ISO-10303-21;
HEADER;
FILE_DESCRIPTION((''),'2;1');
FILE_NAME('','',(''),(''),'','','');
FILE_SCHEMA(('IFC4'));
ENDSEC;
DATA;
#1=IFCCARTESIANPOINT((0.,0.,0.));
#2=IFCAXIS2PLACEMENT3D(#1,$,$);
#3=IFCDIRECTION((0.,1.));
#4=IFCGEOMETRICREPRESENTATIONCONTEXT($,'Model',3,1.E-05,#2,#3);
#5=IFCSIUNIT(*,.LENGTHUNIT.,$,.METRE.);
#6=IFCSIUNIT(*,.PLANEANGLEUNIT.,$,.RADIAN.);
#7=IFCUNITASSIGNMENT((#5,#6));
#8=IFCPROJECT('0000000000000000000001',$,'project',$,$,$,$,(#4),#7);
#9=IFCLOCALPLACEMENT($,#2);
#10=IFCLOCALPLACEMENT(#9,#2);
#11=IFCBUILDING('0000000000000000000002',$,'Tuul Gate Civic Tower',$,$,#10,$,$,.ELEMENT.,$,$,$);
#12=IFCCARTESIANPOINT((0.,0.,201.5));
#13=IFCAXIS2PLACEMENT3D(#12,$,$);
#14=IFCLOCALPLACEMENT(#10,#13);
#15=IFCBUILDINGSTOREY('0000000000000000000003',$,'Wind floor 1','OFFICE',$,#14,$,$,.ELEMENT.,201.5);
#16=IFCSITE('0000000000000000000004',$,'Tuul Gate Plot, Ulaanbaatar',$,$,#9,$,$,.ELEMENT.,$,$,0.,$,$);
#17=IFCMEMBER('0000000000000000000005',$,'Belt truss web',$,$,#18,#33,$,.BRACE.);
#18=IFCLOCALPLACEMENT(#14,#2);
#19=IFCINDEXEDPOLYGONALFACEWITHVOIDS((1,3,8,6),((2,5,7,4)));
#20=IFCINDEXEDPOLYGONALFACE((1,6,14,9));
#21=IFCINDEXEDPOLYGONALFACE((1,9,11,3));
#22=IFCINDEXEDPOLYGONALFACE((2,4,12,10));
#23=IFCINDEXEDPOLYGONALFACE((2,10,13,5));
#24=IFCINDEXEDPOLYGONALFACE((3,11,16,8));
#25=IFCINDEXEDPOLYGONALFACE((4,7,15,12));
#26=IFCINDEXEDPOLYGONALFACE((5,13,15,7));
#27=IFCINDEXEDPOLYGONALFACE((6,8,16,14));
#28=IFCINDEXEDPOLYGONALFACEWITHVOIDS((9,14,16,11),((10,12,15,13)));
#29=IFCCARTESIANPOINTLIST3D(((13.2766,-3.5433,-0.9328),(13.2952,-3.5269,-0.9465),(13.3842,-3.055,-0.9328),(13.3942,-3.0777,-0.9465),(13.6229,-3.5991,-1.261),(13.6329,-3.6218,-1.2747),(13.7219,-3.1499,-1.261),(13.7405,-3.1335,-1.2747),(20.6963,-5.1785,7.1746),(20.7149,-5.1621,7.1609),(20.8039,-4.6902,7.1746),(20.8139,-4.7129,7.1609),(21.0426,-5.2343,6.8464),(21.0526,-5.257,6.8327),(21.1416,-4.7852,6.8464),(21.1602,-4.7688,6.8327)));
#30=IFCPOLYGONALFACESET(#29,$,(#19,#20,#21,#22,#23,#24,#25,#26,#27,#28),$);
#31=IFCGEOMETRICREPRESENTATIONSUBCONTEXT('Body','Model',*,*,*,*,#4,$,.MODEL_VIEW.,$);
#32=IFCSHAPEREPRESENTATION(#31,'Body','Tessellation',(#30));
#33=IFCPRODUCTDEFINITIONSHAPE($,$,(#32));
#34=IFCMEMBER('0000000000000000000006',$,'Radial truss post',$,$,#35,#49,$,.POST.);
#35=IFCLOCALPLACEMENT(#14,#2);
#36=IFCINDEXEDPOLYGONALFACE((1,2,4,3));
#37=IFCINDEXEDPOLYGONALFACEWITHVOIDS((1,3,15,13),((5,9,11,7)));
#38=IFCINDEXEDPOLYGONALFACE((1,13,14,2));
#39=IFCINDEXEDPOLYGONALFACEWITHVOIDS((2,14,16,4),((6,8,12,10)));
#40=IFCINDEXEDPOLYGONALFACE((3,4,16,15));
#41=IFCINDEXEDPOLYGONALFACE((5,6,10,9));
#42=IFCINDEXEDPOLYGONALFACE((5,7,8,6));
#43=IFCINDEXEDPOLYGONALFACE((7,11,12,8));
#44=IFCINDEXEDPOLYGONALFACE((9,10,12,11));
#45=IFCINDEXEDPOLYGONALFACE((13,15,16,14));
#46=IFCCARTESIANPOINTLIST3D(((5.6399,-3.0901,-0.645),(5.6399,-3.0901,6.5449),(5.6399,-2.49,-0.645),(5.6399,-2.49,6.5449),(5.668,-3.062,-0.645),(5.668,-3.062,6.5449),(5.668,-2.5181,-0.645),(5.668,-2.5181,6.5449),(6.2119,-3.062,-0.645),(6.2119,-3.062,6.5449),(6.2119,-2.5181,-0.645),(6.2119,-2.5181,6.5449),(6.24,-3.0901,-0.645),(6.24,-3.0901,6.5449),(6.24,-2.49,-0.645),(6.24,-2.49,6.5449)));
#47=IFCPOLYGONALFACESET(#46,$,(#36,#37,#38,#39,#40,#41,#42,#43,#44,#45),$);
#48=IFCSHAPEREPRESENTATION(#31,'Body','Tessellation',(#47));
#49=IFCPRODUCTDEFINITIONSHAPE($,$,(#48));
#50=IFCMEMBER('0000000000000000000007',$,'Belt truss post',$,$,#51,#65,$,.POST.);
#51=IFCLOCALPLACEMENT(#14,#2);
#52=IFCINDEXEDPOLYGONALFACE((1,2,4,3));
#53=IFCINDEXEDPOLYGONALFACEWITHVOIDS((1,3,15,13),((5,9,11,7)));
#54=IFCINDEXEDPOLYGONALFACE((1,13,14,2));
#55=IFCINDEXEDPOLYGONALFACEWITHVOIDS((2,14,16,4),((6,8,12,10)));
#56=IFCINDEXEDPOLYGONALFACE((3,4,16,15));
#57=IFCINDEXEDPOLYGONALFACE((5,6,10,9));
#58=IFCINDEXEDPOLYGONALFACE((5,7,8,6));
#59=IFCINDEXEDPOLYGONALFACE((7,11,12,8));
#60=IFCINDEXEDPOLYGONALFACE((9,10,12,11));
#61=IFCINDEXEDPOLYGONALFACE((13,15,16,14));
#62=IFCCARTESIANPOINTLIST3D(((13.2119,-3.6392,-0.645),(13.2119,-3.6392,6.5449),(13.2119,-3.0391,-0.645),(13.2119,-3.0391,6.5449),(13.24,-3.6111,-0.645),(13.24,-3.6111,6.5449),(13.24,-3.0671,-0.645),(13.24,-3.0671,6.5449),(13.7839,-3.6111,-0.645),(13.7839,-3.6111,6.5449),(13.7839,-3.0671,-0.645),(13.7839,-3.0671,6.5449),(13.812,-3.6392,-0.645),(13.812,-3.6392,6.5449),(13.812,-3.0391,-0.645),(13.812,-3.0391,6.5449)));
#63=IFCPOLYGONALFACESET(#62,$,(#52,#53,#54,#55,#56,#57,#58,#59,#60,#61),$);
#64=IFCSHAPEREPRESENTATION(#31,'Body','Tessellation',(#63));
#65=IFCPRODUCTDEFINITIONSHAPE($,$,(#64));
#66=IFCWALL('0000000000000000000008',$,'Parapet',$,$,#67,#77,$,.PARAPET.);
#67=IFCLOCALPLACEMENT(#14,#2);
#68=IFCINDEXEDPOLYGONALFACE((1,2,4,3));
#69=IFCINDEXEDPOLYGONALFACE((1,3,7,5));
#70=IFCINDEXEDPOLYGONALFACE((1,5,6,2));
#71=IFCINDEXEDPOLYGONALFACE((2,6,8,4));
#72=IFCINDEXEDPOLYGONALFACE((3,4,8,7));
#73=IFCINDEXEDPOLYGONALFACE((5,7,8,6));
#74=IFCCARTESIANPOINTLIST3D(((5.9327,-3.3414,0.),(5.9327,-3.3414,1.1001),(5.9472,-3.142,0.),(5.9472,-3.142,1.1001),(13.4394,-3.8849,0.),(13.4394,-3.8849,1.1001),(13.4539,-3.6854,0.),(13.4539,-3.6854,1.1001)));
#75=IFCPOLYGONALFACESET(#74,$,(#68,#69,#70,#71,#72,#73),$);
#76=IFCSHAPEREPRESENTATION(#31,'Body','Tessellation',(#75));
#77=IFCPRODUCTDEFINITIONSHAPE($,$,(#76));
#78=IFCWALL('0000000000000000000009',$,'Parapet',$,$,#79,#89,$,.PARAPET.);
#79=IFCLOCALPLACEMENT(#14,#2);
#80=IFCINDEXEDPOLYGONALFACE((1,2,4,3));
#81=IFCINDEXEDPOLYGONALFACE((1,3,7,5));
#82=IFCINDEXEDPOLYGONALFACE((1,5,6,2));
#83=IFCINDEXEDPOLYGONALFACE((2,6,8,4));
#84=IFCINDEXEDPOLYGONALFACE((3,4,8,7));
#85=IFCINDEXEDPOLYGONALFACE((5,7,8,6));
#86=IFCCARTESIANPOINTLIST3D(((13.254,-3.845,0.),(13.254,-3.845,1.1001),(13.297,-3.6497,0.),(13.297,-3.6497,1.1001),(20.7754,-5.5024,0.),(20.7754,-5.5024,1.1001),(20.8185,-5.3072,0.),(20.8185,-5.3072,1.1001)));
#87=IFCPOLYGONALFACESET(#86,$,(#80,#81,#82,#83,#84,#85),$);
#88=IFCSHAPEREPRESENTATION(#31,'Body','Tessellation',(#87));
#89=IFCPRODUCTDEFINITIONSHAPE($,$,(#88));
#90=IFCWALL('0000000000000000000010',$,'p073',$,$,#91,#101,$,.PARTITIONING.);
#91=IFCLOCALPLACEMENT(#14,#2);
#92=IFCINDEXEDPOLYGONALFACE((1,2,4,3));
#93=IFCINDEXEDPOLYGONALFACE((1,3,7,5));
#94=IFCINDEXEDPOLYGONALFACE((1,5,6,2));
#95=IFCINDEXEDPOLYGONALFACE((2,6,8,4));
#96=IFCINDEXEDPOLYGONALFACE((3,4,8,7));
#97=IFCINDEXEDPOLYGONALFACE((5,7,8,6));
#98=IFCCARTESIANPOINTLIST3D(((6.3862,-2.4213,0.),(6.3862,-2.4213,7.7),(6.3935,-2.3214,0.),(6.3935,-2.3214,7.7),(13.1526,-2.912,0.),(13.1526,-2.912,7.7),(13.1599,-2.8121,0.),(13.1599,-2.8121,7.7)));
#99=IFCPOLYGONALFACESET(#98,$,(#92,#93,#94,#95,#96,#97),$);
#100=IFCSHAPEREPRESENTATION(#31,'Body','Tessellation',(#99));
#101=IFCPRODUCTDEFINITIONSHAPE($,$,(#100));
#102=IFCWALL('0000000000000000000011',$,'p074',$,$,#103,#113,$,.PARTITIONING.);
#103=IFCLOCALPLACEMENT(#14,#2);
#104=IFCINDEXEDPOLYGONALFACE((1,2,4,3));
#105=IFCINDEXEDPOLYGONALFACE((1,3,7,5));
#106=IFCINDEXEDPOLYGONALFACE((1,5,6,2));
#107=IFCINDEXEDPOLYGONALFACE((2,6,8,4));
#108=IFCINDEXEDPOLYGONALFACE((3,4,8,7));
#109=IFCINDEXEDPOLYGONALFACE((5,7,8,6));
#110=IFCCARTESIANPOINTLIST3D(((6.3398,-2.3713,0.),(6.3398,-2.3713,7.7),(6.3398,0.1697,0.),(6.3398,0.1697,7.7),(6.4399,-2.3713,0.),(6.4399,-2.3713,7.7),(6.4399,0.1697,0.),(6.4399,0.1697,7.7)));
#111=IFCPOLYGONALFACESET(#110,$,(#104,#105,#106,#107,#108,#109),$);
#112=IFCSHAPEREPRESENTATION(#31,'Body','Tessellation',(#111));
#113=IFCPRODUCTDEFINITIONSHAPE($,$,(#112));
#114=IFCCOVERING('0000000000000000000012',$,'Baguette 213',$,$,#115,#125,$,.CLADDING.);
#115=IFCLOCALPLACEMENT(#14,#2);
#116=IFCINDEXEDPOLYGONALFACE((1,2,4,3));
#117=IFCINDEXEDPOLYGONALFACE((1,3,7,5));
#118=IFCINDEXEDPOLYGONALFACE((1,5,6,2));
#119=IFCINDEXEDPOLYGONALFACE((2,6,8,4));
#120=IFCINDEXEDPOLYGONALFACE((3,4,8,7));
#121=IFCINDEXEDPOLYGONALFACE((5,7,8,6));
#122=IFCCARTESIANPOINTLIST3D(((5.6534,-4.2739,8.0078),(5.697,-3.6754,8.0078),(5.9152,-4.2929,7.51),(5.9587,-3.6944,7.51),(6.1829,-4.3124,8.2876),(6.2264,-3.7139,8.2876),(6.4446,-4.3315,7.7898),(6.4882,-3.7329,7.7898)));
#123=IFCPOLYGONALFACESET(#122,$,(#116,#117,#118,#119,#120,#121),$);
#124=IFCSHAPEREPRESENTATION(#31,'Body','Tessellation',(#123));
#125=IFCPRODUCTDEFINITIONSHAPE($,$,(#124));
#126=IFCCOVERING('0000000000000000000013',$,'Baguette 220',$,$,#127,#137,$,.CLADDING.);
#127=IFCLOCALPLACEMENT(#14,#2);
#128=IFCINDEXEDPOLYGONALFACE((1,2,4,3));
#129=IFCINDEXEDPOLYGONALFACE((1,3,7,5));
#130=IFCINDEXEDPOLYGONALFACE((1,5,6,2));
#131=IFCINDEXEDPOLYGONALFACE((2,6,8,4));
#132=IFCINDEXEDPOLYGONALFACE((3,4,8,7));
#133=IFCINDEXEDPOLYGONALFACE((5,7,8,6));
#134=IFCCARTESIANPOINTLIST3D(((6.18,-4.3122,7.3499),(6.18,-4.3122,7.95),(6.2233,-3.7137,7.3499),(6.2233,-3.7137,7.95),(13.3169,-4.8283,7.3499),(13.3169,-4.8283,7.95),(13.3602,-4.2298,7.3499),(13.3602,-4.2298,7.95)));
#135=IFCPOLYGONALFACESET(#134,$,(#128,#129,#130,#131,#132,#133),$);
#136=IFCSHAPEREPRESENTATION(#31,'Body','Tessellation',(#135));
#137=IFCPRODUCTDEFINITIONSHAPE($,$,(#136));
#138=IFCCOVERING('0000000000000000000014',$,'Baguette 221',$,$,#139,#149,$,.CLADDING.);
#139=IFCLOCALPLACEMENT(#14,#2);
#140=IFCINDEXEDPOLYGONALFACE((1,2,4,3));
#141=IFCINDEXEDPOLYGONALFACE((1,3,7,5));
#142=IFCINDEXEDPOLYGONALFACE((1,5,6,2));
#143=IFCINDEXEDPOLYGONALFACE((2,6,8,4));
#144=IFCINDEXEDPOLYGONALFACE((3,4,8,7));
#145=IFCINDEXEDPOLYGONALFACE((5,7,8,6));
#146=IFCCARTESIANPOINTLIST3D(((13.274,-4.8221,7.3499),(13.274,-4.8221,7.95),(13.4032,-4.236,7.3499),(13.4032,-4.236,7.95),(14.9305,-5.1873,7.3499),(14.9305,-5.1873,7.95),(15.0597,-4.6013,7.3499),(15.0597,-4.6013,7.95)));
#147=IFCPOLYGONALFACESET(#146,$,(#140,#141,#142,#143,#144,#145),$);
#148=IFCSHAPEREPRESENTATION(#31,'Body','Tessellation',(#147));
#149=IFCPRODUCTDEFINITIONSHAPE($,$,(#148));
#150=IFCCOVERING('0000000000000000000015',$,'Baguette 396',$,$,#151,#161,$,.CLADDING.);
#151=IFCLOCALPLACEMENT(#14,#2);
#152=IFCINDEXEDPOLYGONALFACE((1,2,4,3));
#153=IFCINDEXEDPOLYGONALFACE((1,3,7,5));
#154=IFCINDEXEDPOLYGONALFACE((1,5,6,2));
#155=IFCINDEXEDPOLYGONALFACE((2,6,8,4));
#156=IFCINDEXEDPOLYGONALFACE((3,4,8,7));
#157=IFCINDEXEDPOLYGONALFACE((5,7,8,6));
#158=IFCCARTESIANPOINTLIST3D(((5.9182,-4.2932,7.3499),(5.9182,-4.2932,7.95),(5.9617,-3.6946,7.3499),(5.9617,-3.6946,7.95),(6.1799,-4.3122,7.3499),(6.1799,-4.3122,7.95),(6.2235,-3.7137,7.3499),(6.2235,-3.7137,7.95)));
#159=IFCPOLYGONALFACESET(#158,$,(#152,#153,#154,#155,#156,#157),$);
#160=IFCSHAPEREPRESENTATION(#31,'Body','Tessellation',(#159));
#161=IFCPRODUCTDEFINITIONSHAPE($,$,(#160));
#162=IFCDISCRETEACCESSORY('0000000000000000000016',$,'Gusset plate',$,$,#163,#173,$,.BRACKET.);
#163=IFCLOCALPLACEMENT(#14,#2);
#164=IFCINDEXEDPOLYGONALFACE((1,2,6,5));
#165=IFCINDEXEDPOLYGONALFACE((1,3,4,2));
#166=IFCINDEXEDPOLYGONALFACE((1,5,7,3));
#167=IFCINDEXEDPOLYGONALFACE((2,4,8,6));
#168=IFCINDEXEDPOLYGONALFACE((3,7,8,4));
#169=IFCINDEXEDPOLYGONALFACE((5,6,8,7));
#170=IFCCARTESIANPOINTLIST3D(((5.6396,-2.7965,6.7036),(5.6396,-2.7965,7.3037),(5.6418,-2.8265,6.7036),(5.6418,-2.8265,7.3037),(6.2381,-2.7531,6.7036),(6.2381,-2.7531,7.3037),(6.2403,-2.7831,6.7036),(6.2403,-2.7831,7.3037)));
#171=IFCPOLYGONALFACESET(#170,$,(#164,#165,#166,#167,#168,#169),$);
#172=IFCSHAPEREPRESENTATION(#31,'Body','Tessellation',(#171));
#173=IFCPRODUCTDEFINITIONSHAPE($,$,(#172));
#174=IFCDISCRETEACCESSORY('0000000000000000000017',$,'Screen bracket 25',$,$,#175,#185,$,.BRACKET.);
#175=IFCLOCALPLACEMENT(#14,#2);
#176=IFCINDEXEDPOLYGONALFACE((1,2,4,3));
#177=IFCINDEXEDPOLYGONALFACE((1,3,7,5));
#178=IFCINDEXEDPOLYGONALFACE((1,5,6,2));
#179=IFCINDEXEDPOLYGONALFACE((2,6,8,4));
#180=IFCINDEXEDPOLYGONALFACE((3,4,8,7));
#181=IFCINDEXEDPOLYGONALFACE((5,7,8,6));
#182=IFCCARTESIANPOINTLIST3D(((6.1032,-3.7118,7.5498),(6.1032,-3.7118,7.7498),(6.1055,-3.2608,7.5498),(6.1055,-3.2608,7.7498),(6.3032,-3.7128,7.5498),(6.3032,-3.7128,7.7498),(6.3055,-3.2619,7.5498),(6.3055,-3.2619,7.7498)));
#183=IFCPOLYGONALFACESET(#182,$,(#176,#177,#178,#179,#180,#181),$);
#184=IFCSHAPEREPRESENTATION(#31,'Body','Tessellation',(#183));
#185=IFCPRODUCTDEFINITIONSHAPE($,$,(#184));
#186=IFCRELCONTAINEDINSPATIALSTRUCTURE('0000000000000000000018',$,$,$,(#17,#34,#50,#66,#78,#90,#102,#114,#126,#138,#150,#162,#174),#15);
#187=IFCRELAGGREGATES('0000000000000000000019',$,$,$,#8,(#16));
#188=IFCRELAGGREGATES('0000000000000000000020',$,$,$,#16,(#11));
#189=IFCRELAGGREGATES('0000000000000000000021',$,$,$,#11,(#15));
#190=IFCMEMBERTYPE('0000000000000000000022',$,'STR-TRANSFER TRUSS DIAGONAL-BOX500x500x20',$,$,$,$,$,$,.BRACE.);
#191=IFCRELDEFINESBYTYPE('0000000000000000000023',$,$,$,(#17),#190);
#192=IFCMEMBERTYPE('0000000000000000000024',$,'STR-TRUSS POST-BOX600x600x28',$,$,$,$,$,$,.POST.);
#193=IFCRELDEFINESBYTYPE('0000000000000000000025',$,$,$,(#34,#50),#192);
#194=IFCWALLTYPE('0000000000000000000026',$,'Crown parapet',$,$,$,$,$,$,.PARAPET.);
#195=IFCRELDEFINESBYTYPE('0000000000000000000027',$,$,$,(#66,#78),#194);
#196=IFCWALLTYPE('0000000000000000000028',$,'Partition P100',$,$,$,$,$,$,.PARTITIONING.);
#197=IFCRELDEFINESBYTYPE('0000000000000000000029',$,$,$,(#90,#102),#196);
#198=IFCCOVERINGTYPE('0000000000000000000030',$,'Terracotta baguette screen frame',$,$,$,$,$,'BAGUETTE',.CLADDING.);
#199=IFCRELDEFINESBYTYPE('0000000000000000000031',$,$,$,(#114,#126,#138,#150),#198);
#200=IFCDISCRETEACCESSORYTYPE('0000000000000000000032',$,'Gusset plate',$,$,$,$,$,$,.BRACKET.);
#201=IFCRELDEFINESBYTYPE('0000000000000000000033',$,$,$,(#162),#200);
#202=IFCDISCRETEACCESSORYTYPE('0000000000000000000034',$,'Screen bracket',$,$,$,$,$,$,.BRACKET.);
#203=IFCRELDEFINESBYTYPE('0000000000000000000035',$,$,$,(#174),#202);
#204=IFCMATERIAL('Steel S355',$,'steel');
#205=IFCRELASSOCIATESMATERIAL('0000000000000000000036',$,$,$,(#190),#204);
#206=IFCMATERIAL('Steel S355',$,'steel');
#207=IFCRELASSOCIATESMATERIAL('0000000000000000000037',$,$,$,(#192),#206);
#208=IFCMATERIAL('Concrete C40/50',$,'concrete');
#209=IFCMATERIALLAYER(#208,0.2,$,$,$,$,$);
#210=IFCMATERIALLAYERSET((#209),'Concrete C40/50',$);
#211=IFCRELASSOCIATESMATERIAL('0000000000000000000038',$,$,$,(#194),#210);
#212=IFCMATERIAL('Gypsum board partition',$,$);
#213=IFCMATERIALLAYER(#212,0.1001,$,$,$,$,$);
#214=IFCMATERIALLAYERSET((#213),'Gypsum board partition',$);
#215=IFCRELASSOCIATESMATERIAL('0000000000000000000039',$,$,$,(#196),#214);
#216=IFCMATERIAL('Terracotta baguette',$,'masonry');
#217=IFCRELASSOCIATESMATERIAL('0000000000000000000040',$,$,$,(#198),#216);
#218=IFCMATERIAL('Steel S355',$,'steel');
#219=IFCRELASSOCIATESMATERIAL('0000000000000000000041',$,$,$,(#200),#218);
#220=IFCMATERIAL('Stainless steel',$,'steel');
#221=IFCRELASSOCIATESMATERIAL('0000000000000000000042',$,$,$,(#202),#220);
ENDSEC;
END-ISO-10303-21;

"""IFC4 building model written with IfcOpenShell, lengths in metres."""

from ifc_helpers import new_model, si_unit, direction, frame, frame_2d, origin, origin_2d, place, context, subcontext, project, spatial, rectangle, hollow_rectangle, extrude, material, layer, layer_set, material_profile, profile_set, type_object, element, save


model = new_model("IFC4")

# Units and contexts
model_context = context("Model", 3, precision=1e-05, world=origin(), true_north=direction((0.0, 1.0)))
body_context = subcontext(model_context, "Body", "Model", "MODEL_VIEW")
ifc_project = project(units=[si_unit("LENGTHUNIT", "METRE"), si_unit("PLANEANGLEUNIT", "RADIAN")], contexts=[model_context])

# Site, building, storey
site_placement = place(None, origin())
site = spatial("IfcSite", under=ifc_project, at=site_placement, Name="Tuul Gate Plot, Ulaanbaatar", CompositionType="ELEMENT", RefElevation=0.0)
building_placement = place(site_placement, origin())
building = spatial("IfcBuilding", under=site, at=building_placement, Name="Tuul Gate Civic Tower", CompositionType="ELEMENT")
storey_placement = place(building_placement, frame((0.0, 0.0, 201.5)))
storey = spatial("IfcBuildingStorey", under=building, at=storey_placement, Name="Wind floor 1", Description="OFFICE", CompositionType="ELEMENT", Elevation=201.5)

# Members
ifc_material_1 = material(Name="Steel S355", Category="steel")
ifc_material_profile_1 = material_profile(ifc_material_1, hollow_rectangle(XDim=0.5, YDim=0.5, WallThickness=0.02, at=origin_2d()), Name="BOX500x500x20")
ifc_profile_set_1 = profile_set([ifc_material_profile_1], Name="Steel S355")
member_type_1 = type_object("IfcMemberType", Name="STR-TRANSFER TRUSS DIAGONAL-BOX500x500x20", PredefinedType="BRACE", material=ifc_profile_set_1)
member_1_placement = place(storey_placement, frame((13.5085, -3.3384, -1.1038), z_axis=(0.667773, -0.147173, 0.72967), x_axis=(0.215229, 0.976564, 0.0)))
element("IfcMember", 1, at=member_1_placement, inside=storey, type_object=member_type_1, Name="Belt truss web", PredefinedType="BRACE", context=body_context, shape_type="SweptSolid", body=[
    extrude(hollow_rectangle(XDim=0.5, YDim=0.5, WallThickness=0.02, at=origin_2d()), origin(), (0.0, 0.0, 1.0), 11.1111),
])
ifc_material_2 = material(Name="Steel S355", Category="steel")
ifc_material_profile_2 = material_profile(ifc_material_2, hollow_rectangle(XDim=0.6001, YDim=0.6001, WallThickness=0.0281, at=origin_2d()), Name="BOX600x600x28")
ifc_profile_set_2 = profile_set([ifc_material_profile_2], Name="Steel S355")
member_type_2 = type_object("IfcMemberType", Name="STR-TRUSS POST-BOX600x600x28", PredefinedType="POST", material=ifc_profile_set_2)
for number, where, z_axis, x_axis, name in (
    (2, (5.9399, -2.79, -0.645), (0.0, 0.0, 1.0), (1.0, 0.0, 0.0), "Radial truss post"),
    (3, (13.512, -3.3391, -0.645), (0.0, 0.0, 1.0), (1.0, 0.0, 0.0), "Belt truss post"),
):
    element("IfcMember", number, at=place(storey_placement, frame(where, z_axis=z_axis, x_axis=x_axis)), inside=storey, type_object=member_type_2, Name=name, PredefinedType="POST", context=body_context, shape_type="SweptSolid", body=[
        extrude(hollow_rectangle(XDim=0.6001, YDim=0.6001, WallThickness=0.0281, at=origin_2d()), origin(), (0.0, 0.0, 1.0), 7.1899),
    ])

# Walls
ifc_material_3 = material(Name="Concrete C40/50", Category="concrete")
ifc_layer_1 = layer(ifc_material_3, 0.2)
ifc_layer_set_1 = layer_set([ifc_layer_1], Name="Concrete C40/50")
wall_type_1 = type_object("IfcWallType", Name="Crown parapet", PredefinedType="PARAPET", material=ifc_layer_set_1)
wall_1_placement = place(storey_placement, frame((5.9399, -3.2417, 0.0), z_axis=(0.0, 0.0, 1.0), x_axis=(0.99739, -0.072206, 0.0)))
element("IfcWall", 4, at=wall_1_placement, inside=storey, type_object=wall_type_1, Name="Parapet", PredefinedType="PARAPET", context=body_context, shape_type="SweptSolid", body=[
    extrude(rectangle(XDim=7.5264, YDim=0.2, at=frame_2d((3.7632, 0.0))), origin(), (0.0, 0.0, 1.0), 1.1001),
])
wall_2_placement = place(storey_placement, frame((13.2754, -3.7473, 0.0), z_axis=(0.0, 0.0, 1.0), x_axis=(0.97657, -0.215202, 0.0)))
element("IfcWall", 5, at=wall_2_placement, inside=storey, type_object=wall_type_1, Name="Parapet", PredefinedType="PARAPET", context=body_context, shape_type="SweptSolid", body=[
    extrude(rectangle(XDim=7.7019, YDim=0.2, at=frame_2d((3.8511, 0.0))), origin(), (0.0, 0.0, 1.0), 1.1001),
])
ifc_material_4 = material(Name="Gypsum board partition")
ifc_layer_2 = layer(ifc_material_4, 0.1001)
ifc_layer_set_2 = layer_set([ifc_layer_2], Name="Gypsum board partition")
wall_type_2 = type_object("IfcWallType", Name="Partition P100", PredefinedType="PARTITIONING", material=ifc_layer_set_2)
wall_3_placement = place(storey_placement, frame((13.1562, -2.8621, 0.0), z_axis=(0.0, 0.0, 1.0), x_axis=(-0.99738, 0.072334, 0.0)))
element("IfcWall", 6, at=wall_3_placement, inside=storey, type_object=wall_type_2, Name="p073", PredefinedType="PARTITIONING", context=body_context, shape_type="SweptSolid", body=[
    extrude(rectangle(XDim=6.7842, YDim=0.1001, at=frame_2d((3.3921, 0.0))), origin(), (0.0, 0.0, 1.0), 7.7),
])
wall_4_placement = place(storey_placement, frame((6.3899, -2.3713, 0.0), z_axis=(0.0, 0.0, 1.0), x_axis=(0.0, 1.0, 0.0)))
element("IfcWall", 7, at=wall_4_placement, inside=storey, type_object=wall_type_2, Name="p074", PredefinedType="PARTITIONING", context=body_context, shape_type="SweptSolid", body=[
    extrude(rectangle(XDim=2.541, YDim=0.1001, at=frame_2d((1.2705, 0.0))), origin(), (0.0, 0.0, 1.0), 7.7),
])

# Coverings
ifc_material_5 = material(Name="Terracotta baguette", Category="masonry")
ifc_material_profile_3 = material_profile(ifc_material_5, rectangle(XDim=0.6001, YDim=0.6001, at=origin_2d()), Name="Terracotta baguette screen frame")
ifc_profile_set_3 = profile_set([ifc_material_profile_3], Name="Terracotta baguette")
covering_type = type_object("IfcCoveringType", Name="Terracotta baguette screen frame", ElementType="BAGUETTE", PredefinedType="CLADDING", material=ifc_profile_set_3)
covering_1_placement = place(storey_placement, frame((5.9399, -3.9939, 8.1477), z_axis=(0.465086, -0.03384, -0.884618), x_axis=(0.072569, 0.997363, 0.0)))
element("IfcCovering", 8, at=covering_1_placement, inside=storey, type_object=covering_type, Name="Baguette 213", PredefinedType="CLADDING", context=body_context, shape_type="SweptSolid", body=[
    extrude(rectangle(XDim=0.6001, YDim=0.6001, at=origin_2d()), origin(), (0.0, 0.0, 1.0), 0.5627),
])
covering_2_placement = place(storey_placement, frame((6.2017, -4.0129, 7.6499), z_axis=(0.997395, -0.072127, 0.0), x_axis=(0.072127, 0.997395, 0.0)))
element("IfcCovering", 9, at=covering_2_placement, inside=storey, type_object=covering_type, Name="Baguette 220", PredefinedType="CLADDING", context=body_context, shape_type="SweptSolid", body=[
    extrude(rectangle(XDim=0.6001, YDim=0.6001, at=origin_2d()), origin(), (0.0, 0.0, 1.0), 7.1555),
])
covering_3_placement = place(storey_placement, frame((13.3386, -4.5291, 7.6499), z_axis=(0.976545, -0.215315, 0.0), x_axis=(0.215315, 0.976545, 0.0)))
element("IfcCovering", 10, at=covering_3_placement, inside=storey, type_object=covering_type, Name="Baguette 221", PredefinedType="CLADDING", context=body_context, shape_type="SweptSolid", body=[
    extrude(rectangle(XDim=0.6001, YDim=0.6001, at=origin_2d()), origin(), (0.0, 0.0, 1.0), 1.6963),
])
covering_4_placement = place(storey_placement, frame((5.9399, -3.9939, 7.6499), z_axis=(0.997363, -0.072569, 0.0), x_axis=(0.072569, 0.997363, 0.0)))
element("IfcCovering", 11, at=covering_4_placement, inside=storey, type_object=covering_type, Name="Baguette 396", PredefinedType="CLADDING", context=body_context, shape_type="SweptSolid", body=[
    extrude(rectangle(XDim=0.6001, YDim=0.6001, at=origin_2d()), origin(), (0.0, 0.0, 1.0), 0.2625),
])

# Discrete accessories
ifc_material_6 = material(Name="Steel S355", Category="steel")
discrete_accessory_type_1 = type_object("IfcDiscreteAccessoryType", Name="Gusset plate", PredefinedType="BRACKET", material=ifc_material_6)
discrete_accessory_1_placement = place(storey_placement, frame((5.9399, -2.7898, 6.7036), z_axis=(0.0, 0.0, 1.0), x_axis=(-0.997382, -0.072314, 0.0)))
element("IfcDiscreteAccessory", 12, at=discrete_accessory_1_placement, inside=storey, type_object=discrete_accessory_type_1, Name="Gusset plate", PredefinedType="BRACKET", context=body_context, shape_type="SweptSolid", body=[
    extrude(rectangle(XDim=0.6001, YDim=0.03, at=origin_2d()), origin(), (0.0, 0.0, 1.0), 0.6001),
])
ifc_material_7 = material(Name="Stainless steel", Category="steel")
discrete_accessory_type_2 = type_object("IfcDiscreteAccessoryType", Name="Screen bracket", PredefinedType="BRACKET", material=ifc_material_7)
discrete_accessory_2_placement = place(storey_placement, frame((6.2043, -3.4868, 7.5498), z_axis=(0.0, 0.0, 1.0), x_axis=(-0.005096, -0.999987, 0.0)))
element("IfcDiscreteAccessory", 13, at=discrete_accessory_2_placement, inside=storey, type_object=discrete_accessory_type_2, Name="Screen bracket 25", PredefinedType="BRACKET", context=body_context, shape_type="SweptSolid", body=[
    extrude(rectangle(XDim=0.4509, YDim=0.2, at=origin_2d()), origin(), (0.0, 0.0, 1.0), 0.2),
])

save(model, "model.ifc")
